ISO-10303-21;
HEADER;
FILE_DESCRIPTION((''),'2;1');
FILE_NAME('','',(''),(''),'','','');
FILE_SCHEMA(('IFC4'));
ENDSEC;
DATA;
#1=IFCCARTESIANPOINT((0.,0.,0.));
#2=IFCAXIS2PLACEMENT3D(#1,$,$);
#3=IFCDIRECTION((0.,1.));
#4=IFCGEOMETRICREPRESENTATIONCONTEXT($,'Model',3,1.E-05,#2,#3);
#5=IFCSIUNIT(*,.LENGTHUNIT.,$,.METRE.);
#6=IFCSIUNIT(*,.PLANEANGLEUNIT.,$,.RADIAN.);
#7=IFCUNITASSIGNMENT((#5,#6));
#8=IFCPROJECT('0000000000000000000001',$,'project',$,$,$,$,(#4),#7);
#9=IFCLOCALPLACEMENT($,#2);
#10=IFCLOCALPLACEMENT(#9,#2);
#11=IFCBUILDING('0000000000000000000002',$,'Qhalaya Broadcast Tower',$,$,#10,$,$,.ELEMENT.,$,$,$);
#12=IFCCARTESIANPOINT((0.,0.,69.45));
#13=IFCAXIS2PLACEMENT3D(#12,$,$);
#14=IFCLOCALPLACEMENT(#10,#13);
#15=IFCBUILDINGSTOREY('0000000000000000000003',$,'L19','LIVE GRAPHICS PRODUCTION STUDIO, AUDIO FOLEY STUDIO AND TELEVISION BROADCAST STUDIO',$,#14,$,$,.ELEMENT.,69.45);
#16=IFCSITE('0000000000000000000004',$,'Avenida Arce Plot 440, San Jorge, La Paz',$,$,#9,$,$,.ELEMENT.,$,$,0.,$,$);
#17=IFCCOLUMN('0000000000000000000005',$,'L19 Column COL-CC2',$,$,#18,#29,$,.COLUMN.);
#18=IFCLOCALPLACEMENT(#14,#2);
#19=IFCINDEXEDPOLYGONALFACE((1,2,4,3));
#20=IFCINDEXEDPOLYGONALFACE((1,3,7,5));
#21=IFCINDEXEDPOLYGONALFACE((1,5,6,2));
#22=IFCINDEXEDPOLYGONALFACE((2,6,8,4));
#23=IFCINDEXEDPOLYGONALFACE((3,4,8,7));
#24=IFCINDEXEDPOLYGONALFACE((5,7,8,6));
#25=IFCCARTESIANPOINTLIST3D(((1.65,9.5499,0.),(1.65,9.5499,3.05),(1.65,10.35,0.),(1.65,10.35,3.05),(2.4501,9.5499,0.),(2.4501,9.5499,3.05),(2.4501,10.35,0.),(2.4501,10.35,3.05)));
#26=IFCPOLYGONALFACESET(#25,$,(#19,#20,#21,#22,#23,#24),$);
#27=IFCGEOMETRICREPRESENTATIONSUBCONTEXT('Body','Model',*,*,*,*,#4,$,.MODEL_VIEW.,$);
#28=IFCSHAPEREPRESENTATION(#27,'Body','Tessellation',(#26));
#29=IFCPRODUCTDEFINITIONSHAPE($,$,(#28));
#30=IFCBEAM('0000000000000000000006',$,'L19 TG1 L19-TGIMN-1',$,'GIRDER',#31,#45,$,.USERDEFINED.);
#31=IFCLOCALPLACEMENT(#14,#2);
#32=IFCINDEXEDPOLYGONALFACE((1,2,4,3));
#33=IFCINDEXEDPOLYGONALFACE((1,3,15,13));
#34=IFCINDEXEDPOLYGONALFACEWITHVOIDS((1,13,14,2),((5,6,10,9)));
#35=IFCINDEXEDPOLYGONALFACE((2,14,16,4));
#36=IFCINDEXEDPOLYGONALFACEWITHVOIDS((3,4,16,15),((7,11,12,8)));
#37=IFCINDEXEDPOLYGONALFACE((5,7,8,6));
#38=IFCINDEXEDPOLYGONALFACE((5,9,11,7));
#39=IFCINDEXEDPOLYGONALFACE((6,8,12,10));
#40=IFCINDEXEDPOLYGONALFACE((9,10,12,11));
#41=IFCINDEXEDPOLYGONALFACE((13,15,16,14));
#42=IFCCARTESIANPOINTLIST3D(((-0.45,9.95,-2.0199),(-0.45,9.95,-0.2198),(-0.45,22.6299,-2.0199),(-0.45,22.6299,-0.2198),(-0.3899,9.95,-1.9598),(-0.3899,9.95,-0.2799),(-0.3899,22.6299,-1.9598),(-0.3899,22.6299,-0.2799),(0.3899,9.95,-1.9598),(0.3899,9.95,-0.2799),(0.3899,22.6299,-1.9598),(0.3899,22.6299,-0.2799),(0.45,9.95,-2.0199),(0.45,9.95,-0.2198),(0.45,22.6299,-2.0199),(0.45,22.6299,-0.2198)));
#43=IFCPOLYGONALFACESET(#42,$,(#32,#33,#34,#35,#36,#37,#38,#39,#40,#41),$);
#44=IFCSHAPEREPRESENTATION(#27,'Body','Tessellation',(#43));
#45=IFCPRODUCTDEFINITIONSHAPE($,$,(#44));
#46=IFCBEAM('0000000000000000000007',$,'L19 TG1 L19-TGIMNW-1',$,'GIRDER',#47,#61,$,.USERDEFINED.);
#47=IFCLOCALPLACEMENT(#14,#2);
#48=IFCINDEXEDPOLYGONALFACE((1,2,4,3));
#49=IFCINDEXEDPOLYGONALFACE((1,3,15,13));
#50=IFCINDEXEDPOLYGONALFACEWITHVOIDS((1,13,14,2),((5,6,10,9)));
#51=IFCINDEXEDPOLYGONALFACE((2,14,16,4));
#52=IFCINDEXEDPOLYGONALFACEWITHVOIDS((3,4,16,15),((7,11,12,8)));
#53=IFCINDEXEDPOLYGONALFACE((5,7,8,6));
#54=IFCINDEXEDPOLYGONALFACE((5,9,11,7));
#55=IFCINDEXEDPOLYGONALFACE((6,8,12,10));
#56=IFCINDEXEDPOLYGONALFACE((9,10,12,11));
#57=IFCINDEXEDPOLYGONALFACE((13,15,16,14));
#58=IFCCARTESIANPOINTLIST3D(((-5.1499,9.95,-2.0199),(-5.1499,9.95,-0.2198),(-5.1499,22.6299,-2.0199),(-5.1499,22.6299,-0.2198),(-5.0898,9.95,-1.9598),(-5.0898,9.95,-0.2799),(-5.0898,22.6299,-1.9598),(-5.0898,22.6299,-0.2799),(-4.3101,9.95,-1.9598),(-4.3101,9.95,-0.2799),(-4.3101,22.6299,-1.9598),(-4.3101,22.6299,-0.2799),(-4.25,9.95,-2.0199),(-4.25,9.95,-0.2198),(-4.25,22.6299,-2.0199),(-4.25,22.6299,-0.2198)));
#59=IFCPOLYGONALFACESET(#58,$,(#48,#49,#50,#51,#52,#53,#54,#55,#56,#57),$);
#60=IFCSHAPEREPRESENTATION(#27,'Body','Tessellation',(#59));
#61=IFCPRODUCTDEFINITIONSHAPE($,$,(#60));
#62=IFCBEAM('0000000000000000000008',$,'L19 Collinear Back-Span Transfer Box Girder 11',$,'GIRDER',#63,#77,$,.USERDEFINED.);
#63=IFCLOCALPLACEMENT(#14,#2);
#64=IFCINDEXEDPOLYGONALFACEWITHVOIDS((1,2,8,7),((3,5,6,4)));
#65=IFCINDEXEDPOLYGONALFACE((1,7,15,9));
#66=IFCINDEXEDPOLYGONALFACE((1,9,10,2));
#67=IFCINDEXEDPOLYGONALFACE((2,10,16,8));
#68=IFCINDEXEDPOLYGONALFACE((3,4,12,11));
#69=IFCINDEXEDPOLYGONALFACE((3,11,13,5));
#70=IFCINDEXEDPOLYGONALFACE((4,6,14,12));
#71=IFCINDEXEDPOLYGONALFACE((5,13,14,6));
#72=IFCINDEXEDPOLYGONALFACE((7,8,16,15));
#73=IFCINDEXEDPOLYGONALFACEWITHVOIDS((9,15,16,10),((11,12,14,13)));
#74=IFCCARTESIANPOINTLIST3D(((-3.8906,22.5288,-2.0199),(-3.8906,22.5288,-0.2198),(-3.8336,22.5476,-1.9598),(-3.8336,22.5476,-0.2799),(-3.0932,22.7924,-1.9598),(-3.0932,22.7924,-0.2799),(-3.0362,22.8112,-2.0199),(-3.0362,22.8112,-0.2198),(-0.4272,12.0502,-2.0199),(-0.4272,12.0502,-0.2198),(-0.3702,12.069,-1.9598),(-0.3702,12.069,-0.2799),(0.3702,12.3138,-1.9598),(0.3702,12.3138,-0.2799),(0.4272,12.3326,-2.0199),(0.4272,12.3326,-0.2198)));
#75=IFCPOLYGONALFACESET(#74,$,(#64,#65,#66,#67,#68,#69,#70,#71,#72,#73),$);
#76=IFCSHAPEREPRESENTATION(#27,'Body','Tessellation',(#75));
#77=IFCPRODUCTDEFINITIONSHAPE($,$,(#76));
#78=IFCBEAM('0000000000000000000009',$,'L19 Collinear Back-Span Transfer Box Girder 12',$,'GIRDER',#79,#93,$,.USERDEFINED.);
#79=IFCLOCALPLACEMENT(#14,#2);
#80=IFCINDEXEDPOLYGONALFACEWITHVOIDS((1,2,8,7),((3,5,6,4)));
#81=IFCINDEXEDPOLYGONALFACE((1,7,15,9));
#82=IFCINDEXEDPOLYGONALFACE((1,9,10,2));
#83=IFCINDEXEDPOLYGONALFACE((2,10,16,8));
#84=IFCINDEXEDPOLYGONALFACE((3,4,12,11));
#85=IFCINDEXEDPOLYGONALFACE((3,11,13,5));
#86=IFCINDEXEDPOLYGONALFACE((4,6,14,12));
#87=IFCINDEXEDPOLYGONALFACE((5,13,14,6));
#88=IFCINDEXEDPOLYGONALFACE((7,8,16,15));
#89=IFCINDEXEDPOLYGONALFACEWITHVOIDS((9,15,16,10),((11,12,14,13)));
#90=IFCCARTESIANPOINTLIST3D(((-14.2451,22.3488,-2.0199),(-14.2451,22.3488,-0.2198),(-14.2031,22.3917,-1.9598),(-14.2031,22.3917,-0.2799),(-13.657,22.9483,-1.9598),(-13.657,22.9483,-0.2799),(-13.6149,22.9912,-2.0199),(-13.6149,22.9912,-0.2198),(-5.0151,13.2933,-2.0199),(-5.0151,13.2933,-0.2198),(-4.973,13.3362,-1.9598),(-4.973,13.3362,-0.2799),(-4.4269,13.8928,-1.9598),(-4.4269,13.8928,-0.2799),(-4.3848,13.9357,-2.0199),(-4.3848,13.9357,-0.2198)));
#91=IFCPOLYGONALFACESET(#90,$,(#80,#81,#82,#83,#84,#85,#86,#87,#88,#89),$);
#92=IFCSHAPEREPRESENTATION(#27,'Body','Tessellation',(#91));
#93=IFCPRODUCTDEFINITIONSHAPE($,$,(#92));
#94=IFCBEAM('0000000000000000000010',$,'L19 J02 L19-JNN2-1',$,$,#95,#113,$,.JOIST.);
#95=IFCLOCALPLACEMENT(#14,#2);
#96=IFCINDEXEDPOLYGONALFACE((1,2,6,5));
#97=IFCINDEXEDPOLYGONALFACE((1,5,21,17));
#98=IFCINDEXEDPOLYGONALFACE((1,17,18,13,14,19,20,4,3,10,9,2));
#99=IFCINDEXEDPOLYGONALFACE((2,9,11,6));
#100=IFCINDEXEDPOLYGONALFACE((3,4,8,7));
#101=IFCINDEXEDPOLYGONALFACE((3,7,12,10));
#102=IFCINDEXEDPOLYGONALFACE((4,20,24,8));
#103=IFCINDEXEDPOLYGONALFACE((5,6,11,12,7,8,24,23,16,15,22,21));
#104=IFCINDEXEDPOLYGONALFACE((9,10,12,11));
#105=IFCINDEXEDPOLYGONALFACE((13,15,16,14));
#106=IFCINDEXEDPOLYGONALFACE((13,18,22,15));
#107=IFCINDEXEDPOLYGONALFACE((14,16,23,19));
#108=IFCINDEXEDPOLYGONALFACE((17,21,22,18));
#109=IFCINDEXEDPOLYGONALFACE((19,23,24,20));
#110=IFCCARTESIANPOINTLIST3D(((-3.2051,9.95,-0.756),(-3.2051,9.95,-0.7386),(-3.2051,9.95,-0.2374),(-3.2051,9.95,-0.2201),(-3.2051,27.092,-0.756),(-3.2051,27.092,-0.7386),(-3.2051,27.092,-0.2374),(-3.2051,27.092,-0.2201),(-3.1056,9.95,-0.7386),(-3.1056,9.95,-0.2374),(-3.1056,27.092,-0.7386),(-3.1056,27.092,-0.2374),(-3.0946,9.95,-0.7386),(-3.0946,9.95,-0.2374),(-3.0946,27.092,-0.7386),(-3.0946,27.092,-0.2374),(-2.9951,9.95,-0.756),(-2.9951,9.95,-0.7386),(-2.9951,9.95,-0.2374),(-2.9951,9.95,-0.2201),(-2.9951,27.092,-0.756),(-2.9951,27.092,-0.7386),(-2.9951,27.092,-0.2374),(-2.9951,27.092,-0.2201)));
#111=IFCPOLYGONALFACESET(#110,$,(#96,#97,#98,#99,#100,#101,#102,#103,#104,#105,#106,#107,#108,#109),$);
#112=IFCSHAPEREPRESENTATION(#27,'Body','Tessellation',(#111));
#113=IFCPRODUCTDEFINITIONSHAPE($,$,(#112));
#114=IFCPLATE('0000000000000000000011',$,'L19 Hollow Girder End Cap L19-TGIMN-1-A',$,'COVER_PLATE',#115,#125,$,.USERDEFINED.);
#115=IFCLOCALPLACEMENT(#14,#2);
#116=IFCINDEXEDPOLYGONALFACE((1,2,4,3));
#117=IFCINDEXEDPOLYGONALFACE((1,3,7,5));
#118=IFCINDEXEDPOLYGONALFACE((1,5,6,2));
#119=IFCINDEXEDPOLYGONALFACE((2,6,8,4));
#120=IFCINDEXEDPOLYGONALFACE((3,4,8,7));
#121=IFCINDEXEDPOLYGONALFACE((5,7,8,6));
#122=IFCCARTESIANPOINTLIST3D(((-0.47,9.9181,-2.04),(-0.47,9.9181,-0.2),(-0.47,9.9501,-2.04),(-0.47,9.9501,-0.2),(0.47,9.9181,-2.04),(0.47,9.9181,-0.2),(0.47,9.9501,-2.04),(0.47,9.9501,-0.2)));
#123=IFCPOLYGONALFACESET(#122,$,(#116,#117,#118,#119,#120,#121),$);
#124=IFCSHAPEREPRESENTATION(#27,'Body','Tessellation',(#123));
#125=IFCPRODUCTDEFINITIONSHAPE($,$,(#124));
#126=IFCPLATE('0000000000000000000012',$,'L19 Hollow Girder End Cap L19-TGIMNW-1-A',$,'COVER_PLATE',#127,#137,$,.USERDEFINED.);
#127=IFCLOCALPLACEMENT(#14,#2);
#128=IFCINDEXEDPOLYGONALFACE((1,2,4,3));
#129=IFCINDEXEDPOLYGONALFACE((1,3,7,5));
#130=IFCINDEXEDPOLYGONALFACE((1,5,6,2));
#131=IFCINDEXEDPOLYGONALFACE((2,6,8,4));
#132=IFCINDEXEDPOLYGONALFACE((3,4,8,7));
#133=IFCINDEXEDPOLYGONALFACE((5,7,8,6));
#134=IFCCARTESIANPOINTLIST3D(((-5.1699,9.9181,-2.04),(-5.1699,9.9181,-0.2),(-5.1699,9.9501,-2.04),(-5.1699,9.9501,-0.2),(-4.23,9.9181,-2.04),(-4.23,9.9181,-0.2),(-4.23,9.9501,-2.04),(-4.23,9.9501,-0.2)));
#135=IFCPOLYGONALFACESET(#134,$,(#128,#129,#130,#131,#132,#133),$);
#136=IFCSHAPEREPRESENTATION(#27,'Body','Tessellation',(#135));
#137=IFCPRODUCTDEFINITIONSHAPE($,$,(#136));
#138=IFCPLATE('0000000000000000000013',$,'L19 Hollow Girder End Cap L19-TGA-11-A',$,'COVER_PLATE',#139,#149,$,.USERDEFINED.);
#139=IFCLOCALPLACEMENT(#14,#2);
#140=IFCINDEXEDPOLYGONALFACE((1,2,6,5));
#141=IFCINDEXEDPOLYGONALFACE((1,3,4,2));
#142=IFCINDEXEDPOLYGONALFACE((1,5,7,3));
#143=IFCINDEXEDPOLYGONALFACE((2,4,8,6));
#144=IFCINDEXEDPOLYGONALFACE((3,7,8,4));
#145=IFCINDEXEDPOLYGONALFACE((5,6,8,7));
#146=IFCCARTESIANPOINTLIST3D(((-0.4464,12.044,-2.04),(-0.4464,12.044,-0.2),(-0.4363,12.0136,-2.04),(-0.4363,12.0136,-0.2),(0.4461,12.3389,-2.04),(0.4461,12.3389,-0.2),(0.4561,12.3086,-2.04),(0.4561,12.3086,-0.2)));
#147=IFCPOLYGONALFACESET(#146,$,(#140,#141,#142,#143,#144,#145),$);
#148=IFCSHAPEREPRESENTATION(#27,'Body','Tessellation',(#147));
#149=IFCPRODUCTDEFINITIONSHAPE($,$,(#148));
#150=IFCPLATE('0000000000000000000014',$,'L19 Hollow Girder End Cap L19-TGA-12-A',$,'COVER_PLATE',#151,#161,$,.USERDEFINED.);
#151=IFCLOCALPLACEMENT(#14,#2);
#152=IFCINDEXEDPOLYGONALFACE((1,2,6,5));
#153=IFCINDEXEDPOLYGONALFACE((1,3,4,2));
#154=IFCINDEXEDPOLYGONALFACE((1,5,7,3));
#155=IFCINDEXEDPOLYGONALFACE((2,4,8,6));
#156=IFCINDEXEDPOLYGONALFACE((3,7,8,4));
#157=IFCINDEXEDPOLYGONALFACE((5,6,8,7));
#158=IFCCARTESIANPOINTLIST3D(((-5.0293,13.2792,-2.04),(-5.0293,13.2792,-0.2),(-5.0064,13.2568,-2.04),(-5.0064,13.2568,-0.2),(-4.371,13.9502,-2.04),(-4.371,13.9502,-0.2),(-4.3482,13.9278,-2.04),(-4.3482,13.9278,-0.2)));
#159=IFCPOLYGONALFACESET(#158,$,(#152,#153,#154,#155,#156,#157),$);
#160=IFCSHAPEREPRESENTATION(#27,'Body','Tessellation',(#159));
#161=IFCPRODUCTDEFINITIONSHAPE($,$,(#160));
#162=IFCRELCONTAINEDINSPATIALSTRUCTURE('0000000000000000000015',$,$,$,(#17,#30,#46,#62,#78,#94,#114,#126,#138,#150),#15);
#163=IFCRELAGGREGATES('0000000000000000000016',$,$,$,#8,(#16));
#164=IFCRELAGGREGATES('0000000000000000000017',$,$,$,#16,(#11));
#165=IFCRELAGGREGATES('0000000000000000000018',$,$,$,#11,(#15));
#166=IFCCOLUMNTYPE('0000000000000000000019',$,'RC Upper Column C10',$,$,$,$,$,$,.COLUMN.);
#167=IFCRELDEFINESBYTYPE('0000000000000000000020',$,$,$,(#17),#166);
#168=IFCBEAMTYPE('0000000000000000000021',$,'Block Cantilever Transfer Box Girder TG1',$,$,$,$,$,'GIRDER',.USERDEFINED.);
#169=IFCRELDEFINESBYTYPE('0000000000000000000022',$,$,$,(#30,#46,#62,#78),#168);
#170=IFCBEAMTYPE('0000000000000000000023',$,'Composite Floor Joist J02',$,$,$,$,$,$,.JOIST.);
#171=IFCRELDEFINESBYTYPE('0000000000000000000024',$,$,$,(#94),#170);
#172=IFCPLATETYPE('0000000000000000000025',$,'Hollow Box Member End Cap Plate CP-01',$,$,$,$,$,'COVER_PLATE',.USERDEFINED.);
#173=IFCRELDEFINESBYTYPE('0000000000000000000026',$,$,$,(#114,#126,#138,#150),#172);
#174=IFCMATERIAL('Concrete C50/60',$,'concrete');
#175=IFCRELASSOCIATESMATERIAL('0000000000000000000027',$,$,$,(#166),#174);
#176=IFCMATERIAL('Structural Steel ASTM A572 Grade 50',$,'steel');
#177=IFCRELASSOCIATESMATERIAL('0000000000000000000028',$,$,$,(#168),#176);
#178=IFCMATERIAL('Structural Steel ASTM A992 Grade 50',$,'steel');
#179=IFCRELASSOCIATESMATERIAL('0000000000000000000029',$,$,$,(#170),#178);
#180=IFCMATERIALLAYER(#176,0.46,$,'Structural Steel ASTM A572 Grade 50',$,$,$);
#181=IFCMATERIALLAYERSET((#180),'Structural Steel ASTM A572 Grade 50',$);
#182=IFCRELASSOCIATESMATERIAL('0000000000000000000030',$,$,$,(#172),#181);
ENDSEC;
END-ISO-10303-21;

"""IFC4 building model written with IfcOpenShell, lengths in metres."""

from ifc_helpers import new_model, si_unit, direction, frame, origin, origin_2d, place, context, subcontext, project, spatial, rectangle, hollow_rectangle, i_section, extrude, material, layer, layer_set, material_profile, profile_set, type_object, element, save


model = new_model("IFC4")

# Units and contexts
model_context = context("Model", 3, precision=1e-05, world=origin(), true_north=direction((0.0, 1.0)))
body_context = subcontext(model_context, "Body", "Model", "MODEL_VIEW")
ifc_project = project(units=[si_unit("LENGTHUNIT", "METRE"), si_unit("PLANEANGLEUNIT", "RADIAN")], contexts=[model_context])

# Site, building, storey
site_placement = place(None, origin())
site = spatial("IfcSite", under=ifc_project, at=site_placement, Name="Avenida Arce Plot 440, San Jorge, La Paz", CompositionType="ELEMENT", RefElevation=0.0)
building_placement = place(site_placement, origin())
building = spatial("IfcBuilding", under=site, at=building_placement, Name="Qhalaya Broadcast Tower", CompositionType="ELEMENT")
storey_placement = place(building_placement, frame((0.0, 0.0, 69.45)))
storey = spatial("IfcBuildingStorey", under=building, at=storey_placement, Name="L19", Description="LIVE GRAPHICS PRODUCTION STUDIO, AUDIO FOLEY STUDIO AND TELEVISION BROADCAST STUDIO", CompositionType="ELEMENT", Elevation=69.45)

# Column
ifc_material_1 = material(Name="Concrete C50/60", Category="concrete")
ifc_material_profile_1 = material_profile(ifc_material_1, rectangle(XDim=0.8, YDim=0.8, at=origin_2d()), Name="RC-COL 800x800")
ifc_profile_set_1 = profile_set([ifc_material_profile_1], Name="Concrete C50/60")
column_type = type_object("IfcColumnType", Name="RC Upper Column C10", PredefinedType="COLUMN", material=ifc_profile_set_1)
column_placement = place(storey_placement, frame((2.05, 9.95, 0.0), z_axis=(0.0, 0.0, 1.0), x_axis=(1.0, 0.0, 0.0)))
element("IfcColumn", 1, at=column_placement, inside=storey, type_object=column_type, Name="L19 Column COL-CC2", PredefinedType="COLUMN", context=body_context, shape_type="SweptSolid", body=[
    extrude(rectangle(XDim=0.8, YDim=0.8, at=origin_2d()), origin(), (0.0, 0.0, 1.0), 3.05),
])

# Beams
ifc_material_2 = material(Name="Structural Steel ASTM A572 Grade 50", Category="steel")
ifc_material_profile_2 = material_profile(ifc_material_2, hollow_rectangle(XDim=0.8999, YDim=1.8, WallThickness=0.0601, at=origin_2d()), Name="BOX 900x1800x60")
ifc_profile_set_2 = profile_set([ifc_material_profile_2], Name="Structural Steel ASTM A572 Grade 50")
beam_type_1 = type_object("IfcBeamType", Name="Block Cantilever Transfer Box Girder TG1", ElementType="GIRDER", PredefinedType="USERDEFINED", material=ifc_profile_set_2)
for number, where, z_axis, x_axis, name in (
    (2, (0.0, 9.95, -1.1199), (0.0, 1.0, 0.0), (-1.0, 0.0, 0.0), "L19 TG1 L19-TGIMN-1"),
    (3, (-4.7, 9.95, -1.1199), (0.0, 1.0, 0.0), (-1.0, 0.0, 0.0), "L19 TG1 L19-TGIMNW-1"),
):
    element("IfcBeam", number, at=place(storey_placement, frame(where, z_axis=z_axis, x_axis=x_axis)), inside=storey, type_object=beam_type_1, Name=name, ObjectType="GIRDER", PredefinedType="USERDEFINED", context=body_context, shape_type="SweptSolid", body=[
        extrude(hollow_rectangle(XDim=0.8999, YDim=1.8, WallThickness=0.0601, at=origin_2d()), origin(), (0.0, 0.0, 1.0), 12.6799),
    ])
beam_1_placement = place(storey_placement, frame((0.0, 12.1914, -1.1199), z_axis=(-0.313824, 0.949481, 0.0), x_axis=(-0.949481, -0.313824, 0.0)))
element("IfcBeam", 4, at=beam_1_placement, inside=storey, type_object=beam_type_1, Name="L19 Collinear Back-Span Transfer Box Girder 11", ObjectType="GIRDER", PredefinedType="USERDEFINED", context=body_context, shape_type="SweptSolid", body=[
    extrude(hollow_rectangle(XDim=0.8999, YDim=1.8, WallThickness=0.0601, at=origin_2d()), origin(), (0.0, 0.0, 1.0), 11.0361),
])
beam_2_placement = place(storey_placement, frame((-4.7, 13.6145, -1.1199), z_axis=(-0.713825, 0.700325, 0.0), x_axis=(-0.700325, -0.713825, 0.0)))
element("IfcBeam", 5, at=beam_2_placement, inside=storey, type_object=beam_type_1, Name="L19 Collinear Back-Span Transfer Box Girder 12", ObjectType="GIRDER", PredefinedType="USERDEFINED", context=body_context, shape_type="SweptSolid", body=[
    extrude(hollow_rectangle(XDim=0.8999, YDim=1.8, WallThickness=0.0601, at=origin_2d()), origin(), (0.0, 0.0, 1.0), 12.9304),
])
ifc_material_3 = material(Name="Structural Steel ASTM A992 Grade 50", Category="steel")
ifc_material_profile_3 = material_profile(ifc_material_3, i_section(OverallWidth=0.21, OverallDepth=0.5359, WebThickness=0.011, FlangeThickness=0.0173, at=origin_2d()), Name="W21X68")
ifc_profile_set_3 = profile_set([ifc_material_profile_3], Name="Structural Steel ASTM A992 Grade 50")
beam_type_2 = type_object("IfcBeamType", Name="Composite Floor Joist J02", PredefinedType="JOIST", material=ifc_profile_set_3)
beam_3_placement = place(storey_placement, frame((-3.1001, 9.95, -0.488), z_axis=(0.0, 1.0, 0.0), x_axis=(-1.0, 0.0, 0.0)))
element("IfcBeam", 6, at=beam_3_placement, inside=storey, type_object=beam_type_2, Name="L19 J02 L19-JNN2-1", PredefinedType="JOIST", context=body_context, shape_type="SweptSolid", body=[
    extrude(i_section(OverallWidth=0.21, OverallDepth=0.5359, WebThickness=0.011, FlangeThickness=0.0173, at=origin_2d()), origin(), (0.0, 0.0, 1.0), 17.1421),
])

# Plates
ifc_layer_1 = layer(ifc_material_2, 0.46, Name="Structural Steel ASTM A572 Grade 50")
ifc_layer_set_1 = layer_set([ifc_layer_1], Name="Structural Steel ASTM A572 Grade 50")
plate_type = type_object("IfcPlateType", Name="Hollow Box Member End Cap Plate CP-01", ElementType="COVER_PLATE", PredefinedType="USERDEFINED", material=ifc_layer_set_1)
for number, where, z_axis, x_axis, name in (
    (7, (0.0, 9.9341, -2.04), (0.0, 0.0, 1.0), (-1.0, 0.0, 0.0), "L19 Hollow Girder End Cap L19-TGIMN-1-A"),
    (8, (-4.7, 9.9341, -2.04), (0.0, 0.0, 1.0), (-1.0, 0.0, 0.0), "L19 Hollow Girder End Cap L19-TGIMNW-1-A"),
    (9, (0.0049, 12.1763, -2.04), (0.0, 0.0, 1.0), (-0.949486, -0.31381, 0.0), "L19 Hollow Girder End Cap L19-TGA-11-A"),
    (10, (-4.6887, 13.6035, -2.04), (0.0, 0.0, 1.0), (-0.700324, -0.713825, 0.0), "L19 Hollow Girder End Cap L19-TGA-12-A"),
):
    element("IfcPlate", number, at=place(storey_placement, frame(where, z_axis=z_axis, x_axis=x_axis)), inside=storey, type_object=plate_type, Name=name, ObjectType="COVER_PLATE", PredefinedType="USERDEFINED", context=body_context, shape_type="SweptSolid", body=[
        extrude(rectangle(XDim=0.9399, YDim=0.032, at=origin_2d()), origin(), (0.0, 0.0, 1.0), 1.8401),
    ])

save(model, "model.ifc")
